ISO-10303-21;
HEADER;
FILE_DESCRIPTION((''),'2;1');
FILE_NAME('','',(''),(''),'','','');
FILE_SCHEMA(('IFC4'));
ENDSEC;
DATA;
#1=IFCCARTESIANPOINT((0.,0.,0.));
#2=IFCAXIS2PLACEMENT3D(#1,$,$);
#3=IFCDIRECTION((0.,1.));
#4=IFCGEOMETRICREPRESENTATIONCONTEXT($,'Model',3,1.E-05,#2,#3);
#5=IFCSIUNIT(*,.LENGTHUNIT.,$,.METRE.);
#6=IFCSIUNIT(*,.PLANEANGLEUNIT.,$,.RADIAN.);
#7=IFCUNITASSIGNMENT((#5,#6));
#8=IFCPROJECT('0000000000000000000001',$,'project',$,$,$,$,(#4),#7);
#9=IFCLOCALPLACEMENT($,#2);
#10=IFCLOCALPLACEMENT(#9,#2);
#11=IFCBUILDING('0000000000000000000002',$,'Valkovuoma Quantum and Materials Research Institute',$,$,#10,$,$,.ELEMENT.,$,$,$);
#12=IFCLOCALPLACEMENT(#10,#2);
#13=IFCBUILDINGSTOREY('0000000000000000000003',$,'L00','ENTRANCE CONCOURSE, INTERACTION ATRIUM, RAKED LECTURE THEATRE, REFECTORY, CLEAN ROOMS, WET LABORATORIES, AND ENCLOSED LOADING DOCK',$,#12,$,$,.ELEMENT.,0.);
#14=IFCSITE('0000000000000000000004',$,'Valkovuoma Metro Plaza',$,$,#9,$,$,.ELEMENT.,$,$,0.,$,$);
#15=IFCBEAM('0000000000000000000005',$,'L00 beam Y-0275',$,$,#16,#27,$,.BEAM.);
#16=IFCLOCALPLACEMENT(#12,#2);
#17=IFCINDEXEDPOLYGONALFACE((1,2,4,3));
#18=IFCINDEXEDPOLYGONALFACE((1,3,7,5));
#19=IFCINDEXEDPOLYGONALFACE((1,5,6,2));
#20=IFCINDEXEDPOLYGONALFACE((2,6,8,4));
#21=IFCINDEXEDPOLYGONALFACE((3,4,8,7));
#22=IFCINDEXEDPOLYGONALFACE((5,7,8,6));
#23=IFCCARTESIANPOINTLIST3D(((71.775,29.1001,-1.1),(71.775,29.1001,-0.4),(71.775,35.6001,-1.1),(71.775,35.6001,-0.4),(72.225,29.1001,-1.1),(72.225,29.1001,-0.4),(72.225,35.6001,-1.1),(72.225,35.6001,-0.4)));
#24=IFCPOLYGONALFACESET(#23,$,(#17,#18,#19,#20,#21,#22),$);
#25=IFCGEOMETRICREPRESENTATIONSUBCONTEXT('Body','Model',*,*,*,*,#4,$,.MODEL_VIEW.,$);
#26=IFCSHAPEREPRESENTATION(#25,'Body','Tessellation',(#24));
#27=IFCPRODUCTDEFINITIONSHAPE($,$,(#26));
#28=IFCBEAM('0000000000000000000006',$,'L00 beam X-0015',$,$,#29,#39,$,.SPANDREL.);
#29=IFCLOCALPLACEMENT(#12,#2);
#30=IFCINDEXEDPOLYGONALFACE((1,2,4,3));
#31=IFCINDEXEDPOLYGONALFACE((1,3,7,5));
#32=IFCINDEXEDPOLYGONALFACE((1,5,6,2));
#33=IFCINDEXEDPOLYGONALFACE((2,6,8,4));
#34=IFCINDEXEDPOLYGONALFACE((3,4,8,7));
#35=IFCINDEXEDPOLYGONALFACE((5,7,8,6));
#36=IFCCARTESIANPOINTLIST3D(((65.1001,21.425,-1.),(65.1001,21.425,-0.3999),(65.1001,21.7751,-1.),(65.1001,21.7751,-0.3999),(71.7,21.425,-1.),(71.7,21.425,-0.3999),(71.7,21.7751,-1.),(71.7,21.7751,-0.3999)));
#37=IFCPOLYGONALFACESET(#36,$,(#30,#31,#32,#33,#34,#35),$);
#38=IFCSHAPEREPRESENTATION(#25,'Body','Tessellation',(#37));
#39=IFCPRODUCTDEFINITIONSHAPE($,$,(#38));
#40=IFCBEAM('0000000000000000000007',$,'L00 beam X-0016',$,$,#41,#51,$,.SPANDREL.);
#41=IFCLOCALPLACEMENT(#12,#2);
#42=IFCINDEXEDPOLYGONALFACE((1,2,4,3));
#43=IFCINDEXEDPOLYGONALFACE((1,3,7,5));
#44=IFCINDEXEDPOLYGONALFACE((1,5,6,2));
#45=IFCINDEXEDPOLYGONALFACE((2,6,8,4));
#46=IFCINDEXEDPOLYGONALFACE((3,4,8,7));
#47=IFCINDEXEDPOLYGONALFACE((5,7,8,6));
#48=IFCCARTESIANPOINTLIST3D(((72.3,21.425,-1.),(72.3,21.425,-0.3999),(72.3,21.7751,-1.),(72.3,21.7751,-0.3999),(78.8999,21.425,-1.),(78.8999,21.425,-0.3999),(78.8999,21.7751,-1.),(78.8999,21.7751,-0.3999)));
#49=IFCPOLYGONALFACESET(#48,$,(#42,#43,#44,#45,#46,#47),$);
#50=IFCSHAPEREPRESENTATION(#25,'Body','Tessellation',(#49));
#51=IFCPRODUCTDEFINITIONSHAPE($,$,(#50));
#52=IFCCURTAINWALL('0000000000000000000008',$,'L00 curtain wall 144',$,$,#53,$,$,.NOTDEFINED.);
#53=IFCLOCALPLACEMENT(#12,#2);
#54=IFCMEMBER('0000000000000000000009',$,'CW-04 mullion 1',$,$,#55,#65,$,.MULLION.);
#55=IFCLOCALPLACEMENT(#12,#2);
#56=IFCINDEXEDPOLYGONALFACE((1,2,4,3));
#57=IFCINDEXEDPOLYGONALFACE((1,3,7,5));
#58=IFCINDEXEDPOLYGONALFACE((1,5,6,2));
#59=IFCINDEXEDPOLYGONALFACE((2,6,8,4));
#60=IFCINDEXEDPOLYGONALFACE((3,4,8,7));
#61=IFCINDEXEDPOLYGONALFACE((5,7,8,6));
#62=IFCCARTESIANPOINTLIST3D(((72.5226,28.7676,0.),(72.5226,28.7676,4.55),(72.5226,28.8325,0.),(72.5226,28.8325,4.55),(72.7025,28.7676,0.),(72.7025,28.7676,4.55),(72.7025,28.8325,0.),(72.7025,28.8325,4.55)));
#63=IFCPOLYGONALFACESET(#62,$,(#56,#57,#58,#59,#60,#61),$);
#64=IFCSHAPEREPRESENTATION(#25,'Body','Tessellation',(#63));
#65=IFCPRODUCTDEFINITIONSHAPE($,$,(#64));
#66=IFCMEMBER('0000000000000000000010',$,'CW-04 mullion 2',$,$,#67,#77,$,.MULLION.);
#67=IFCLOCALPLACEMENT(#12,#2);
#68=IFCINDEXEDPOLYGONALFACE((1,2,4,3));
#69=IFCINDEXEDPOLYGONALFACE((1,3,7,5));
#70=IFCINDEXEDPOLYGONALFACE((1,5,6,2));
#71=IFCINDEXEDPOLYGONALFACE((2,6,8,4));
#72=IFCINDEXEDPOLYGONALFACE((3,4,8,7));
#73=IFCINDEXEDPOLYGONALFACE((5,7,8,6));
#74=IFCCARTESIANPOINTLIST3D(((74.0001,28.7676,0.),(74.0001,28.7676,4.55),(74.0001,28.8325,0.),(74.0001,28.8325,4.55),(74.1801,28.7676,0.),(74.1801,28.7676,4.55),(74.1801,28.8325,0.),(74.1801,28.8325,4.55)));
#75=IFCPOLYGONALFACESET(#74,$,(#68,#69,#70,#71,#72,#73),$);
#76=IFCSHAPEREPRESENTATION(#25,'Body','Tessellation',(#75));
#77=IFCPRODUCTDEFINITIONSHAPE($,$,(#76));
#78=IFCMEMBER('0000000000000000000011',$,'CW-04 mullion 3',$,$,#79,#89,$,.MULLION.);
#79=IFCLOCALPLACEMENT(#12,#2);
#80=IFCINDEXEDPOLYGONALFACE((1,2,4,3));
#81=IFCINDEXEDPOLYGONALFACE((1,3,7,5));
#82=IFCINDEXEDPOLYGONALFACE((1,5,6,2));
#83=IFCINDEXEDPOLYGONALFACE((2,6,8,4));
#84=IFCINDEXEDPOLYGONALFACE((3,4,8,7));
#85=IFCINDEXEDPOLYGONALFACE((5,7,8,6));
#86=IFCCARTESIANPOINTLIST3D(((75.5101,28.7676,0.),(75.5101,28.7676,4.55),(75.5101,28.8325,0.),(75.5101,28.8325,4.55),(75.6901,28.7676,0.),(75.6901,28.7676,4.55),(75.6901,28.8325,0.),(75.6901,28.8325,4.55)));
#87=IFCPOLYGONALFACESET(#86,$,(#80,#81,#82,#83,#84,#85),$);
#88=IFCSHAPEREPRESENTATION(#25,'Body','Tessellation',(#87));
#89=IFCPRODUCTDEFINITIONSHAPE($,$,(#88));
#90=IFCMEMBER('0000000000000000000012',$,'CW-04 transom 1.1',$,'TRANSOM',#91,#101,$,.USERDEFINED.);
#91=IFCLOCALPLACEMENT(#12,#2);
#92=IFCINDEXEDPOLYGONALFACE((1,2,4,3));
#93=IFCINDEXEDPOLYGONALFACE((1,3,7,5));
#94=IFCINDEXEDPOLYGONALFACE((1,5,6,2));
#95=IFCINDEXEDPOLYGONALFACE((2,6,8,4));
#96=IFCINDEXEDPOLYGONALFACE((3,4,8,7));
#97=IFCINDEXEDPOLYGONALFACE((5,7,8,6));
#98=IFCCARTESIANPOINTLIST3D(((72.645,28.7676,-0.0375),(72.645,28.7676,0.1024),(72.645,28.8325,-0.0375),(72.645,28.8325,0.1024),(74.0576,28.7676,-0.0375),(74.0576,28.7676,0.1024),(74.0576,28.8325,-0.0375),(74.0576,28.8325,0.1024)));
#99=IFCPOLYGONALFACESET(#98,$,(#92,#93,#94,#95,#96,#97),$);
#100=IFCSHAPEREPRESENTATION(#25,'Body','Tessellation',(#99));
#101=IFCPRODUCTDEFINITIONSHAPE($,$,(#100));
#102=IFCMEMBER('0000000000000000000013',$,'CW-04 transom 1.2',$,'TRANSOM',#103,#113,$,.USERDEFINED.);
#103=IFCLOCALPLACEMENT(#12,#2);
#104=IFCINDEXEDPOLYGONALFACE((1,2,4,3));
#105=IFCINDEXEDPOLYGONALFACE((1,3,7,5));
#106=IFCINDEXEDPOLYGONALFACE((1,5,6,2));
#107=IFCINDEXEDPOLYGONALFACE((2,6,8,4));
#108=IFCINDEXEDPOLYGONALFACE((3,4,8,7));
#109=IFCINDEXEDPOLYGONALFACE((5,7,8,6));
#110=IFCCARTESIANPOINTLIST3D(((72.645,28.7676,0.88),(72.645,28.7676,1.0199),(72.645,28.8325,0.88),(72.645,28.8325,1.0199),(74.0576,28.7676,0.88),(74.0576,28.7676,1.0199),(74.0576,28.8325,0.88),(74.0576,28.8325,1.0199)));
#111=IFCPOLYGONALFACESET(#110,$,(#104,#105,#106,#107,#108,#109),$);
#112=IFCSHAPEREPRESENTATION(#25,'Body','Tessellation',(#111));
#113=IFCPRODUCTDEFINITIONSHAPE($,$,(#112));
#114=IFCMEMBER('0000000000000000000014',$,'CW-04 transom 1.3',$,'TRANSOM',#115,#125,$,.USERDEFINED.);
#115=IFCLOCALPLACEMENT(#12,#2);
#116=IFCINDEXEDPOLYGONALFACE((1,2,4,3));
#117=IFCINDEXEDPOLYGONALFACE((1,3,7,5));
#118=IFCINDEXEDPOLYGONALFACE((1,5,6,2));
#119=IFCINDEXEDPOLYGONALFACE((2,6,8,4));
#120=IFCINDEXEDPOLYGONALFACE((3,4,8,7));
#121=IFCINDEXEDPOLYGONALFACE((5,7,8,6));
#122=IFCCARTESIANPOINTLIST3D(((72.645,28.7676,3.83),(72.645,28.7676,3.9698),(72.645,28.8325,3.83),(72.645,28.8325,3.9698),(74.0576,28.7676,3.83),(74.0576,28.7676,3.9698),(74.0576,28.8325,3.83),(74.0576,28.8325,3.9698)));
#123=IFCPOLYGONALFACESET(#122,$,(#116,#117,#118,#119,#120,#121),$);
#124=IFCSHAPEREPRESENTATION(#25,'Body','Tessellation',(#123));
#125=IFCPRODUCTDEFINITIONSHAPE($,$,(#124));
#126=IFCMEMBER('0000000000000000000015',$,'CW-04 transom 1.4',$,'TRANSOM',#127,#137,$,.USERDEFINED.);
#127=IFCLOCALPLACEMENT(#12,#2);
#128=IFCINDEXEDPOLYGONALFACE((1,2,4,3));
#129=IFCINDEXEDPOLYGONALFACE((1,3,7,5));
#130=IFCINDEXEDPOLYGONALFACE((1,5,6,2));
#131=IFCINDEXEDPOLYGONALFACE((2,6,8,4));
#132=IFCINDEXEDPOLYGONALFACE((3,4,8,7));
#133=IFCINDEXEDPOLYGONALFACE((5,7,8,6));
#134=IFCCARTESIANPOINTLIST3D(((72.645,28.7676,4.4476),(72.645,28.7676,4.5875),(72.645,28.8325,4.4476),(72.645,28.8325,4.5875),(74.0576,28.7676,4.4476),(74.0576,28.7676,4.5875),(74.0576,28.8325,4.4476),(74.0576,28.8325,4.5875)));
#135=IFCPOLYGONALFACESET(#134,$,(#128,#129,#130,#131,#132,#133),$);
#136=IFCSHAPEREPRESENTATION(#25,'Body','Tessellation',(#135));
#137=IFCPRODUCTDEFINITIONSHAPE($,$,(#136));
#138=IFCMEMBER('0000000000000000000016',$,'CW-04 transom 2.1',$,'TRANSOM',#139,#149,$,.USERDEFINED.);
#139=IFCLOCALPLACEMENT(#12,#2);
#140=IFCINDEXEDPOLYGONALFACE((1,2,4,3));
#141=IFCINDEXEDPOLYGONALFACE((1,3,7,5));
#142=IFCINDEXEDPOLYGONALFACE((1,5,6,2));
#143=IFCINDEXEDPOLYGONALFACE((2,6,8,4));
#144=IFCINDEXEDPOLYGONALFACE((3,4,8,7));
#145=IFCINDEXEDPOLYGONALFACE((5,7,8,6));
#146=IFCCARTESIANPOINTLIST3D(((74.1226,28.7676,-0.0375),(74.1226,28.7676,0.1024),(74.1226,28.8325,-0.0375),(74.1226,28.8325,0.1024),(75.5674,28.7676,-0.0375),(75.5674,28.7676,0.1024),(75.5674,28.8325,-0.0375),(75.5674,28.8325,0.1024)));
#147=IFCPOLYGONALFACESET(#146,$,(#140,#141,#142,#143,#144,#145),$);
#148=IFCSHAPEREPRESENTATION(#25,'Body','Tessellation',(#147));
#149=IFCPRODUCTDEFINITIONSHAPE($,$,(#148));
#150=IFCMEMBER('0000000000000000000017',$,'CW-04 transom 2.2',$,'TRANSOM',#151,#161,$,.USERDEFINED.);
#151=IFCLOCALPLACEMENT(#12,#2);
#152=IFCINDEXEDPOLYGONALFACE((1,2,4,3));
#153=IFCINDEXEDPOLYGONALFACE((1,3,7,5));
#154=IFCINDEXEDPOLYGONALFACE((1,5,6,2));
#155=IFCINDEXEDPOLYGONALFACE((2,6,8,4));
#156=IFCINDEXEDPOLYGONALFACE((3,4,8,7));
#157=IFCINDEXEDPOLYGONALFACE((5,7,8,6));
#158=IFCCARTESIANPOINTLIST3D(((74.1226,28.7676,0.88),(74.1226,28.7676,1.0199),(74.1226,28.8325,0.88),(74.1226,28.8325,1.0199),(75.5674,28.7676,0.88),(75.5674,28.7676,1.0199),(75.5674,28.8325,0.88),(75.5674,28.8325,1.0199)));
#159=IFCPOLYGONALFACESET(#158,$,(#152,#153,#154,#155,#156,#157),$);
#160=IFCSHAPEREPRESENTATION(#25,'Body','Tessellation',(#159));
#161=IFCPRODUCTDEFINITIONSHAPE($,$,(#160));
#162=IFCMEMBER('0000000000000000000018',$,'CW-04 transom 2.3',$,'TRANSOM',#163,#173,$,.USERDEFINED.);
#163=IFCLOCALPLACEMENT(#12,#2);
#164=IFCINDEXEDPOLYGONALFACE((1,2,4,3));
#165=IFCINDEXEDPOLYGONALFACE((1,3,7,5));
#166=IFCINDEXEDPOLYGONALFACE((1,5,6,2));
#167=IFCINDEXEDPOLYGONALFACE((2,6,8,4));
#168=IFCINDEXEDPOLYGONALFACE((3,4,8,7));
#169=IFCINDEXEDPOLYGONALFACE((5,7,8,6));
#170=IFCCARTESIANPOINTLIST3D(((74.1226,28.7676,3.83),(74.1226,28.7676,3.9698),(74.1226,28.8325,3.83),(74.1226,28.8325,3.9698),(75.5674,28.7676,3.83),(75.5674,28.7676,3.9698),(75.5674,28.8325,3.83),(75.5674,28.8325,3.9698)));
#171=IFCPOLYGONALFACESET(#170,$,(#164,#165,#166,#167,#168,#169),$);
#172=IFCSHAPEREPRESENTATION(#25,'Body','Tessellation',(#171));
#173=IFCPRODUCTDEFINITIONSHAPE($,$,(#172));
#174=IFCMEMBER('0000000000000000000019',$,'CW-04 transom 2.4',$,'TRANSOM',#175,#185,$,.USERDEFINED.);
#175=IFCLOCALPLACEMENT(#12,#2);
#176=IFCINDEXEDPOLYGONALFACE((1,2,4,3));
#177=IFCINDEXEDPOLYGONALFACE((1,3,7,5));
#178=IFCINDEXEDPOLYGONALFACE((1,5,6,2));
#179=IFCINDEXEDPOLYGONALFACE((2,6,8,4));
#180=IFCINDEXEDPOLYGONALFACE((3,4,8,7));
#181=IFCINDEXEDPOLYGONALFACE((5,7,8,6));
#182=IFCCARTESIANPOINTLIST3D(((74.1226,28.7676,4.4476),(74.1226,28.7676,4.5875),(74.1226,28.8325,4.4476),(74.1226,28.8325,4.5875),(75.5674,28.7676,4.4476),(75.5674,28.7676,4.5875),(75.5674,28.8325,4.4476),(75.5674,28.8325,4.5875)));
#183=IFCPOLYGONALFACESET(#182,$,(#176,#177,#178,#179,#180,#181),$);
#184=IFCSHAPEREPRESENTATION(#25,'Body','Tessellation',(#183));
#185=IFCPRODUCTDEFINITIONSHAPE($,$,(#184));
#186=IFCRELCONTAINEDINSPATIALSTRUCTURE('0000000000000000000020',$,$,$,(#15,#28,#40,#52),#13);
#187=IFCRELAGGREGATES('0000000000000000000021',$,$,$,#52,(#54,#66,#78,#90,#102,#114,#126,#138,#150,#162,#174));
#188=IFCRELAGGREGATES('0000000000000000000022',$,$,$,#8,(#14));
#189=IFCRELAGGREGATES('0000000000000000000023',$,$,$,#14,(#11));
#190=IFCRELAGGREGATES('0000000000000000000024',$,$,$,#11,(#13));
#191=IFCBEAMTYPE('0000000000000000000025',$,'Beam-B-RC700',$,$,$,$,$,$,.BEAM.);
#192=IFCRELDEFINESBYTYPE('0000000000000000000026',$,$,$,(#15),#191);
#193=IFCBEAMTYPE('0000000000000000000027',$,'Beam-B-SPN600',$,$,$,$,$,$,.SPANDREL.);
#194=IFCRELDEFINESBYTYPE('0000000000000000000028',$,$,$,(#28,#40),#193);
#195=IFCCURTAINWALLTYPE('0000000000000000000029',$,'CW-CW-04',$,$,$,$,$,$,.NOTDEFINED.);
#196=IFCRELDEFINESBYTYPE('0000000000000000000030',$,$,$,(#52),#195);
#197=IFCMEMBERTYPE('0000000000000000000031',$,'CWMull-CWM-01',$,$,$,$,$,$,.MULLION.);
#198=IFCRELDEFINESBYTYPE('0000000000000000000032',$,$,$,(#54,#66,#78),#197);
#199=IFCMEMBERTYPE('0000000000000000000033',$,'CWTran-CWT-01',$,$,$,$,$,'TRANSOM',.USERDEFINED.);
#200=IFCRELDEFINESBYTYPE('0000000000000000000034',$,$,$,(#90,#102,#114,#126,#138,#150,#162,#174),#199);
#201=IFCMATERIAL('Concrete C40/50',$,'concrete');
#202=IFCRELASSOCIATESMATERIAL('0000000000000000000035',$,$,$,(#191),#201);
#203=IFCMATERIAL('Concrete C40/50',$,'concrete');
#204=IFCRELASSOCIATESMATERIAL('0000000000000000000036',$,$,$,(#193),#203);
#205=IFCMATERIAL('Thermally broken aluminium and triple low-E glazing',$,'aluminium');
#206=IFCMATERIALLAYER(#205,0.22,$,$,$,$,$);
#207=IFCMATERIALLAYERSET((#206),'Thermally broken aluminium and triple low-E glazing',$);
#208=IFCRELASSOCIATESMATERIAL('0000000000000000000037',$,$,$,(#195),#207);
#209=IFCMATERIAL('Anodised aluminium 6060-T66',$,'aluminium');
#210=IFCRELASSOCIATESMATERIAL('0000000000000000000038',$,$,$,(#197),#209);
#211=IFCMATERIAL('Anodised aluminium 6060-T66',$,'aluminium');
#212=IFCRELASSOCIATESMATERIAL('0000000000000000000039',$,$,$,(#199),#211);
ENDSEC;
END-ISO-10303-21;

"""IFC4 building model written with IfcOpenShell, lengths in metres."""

from ifc_helpers import new_model, si_unit, direction, frame, origin, origin_2d, place, context, subcontext, project, spatial, rectangle, extrude, material, layer, layer_set, material_profile, profile_set, type_object, element, aggregate, save


model = new_model("IFC4")

# Units and contexts
model_context = context("Model", 3, precision=1e-05, world=origin(), true_north=direction((0.0, 1.0)))
body_context = subcontext(model_context, "Body", "Model", "MODEL_VIEW")
ifc_project = project(units=[si_unit("LENGTHUNIT", "METRE"), si_unit("PLANEANGLEUNIT", "RADIAN")], contexts=[model_context])

# Site, building, storey
site_placement = place(None, origin())
site = spatial("IfcSite", under=ifc_project, at=site_placement, Name="Valkovuoma Metro Plaza", CompositionType="ELEMENT", RefElevation=0.0)
building_placement = place(site_placement, origin())
building = spatial("IfcBuilding", under=site, at=building_placement, Name="Valkovuoma Quantum and Materials Research Institute", CompositionType="ELEMENT")
storey_placement = place(building_placement, origin())
storey = spatial("IfcBuildingStorey", under=building, at=storey_placement, Name="L00", Description="ENTRANCE CONCOURSE, INTERACTION ATRIUM, RAKED LECTURE THEATRE, REFECTORY, CLEAN ROOMS, WET LABORATORIES, AND ENCLOSED LOADING DOCK", CompositionType="ELEMENT", Elevation=0.0)

# Beams
ifc_material_1 = material(Name="Concrete C40/50", Category="concrete")
ifc_material_profile_1 = material_profile(ifc_material_1, rectangle(XDim=0.45, YDim=0.7, at=origin_2d()), Name="Concrete C40/50")
ifc_profile_set_1 = profile_set([ifc_material_profile_1], Name="Concrete C40/50")
beam_type_1 = type_object("IfcBeamType", Name="Beam-B-RC700", PredefinedType="BEAM", material=ifc_profile_set_1)
beam_1_placement = place(storey_placement, frame((72.0, 29.1001, -0.75), z_axis=(0.0, 1.0, 0.0), x_axis=(-1.0, 0.0, 0.0)))
element("IfcBeam", 1, at=beam_1_placement, inside=storey, type_object=beam_type_1, Name="L00 beam Y-0275", PredefinedType="BEAM", context=body_context, shape_type="SweptSolid", body=[
    extrude(rectangle(XDim=0.45, YDim=0.7, at=origin_2d()), origin(), (0.0, 0.0, 1.0), 6.5),
])
ifc_material_2 = material(Name="Concrete C40/50", Category="concrete")
ifc_material_profile_2 = material_profile(ifc_material_2, rectangle(XDim=0.3501, YDim=0.6001, at=origin_2d()), Name="Concrete C40/50")
ifc_profile_set_2 = profile_set([ifc_material_profile_2], Name="Concrete C40/50")
beam_type_2 = type_object("IfcBeamType", Name="Beam-B-SPN600", PredefinedType="SPANDREL", material=ifc_profile_set_2)
for number, where, z_axis, x_axis, name in (
    (2, (65.1001, 21.6001, -0.7), (1.0, 0.0, 0.0), (0.0, 1.0, 0.0), "L00 beam X-0015"),
    (3, (72.3, 21.6001, -0.7), (1.0, 0.0, 0.0), (0.0, 1.0, 0.0), "L00 beam X-0016"),
):
    element("IfcBeam", number, at=place(storey_placement, frame(where, z_axis=z_axis, x_axis=x_axis)), inside=storey, type_object=beam_type_2, Name=name, PredefinedType="SPANDREL", context=body_context, shape_type="SweptSolid", body=[
        extrude(rectangle(XDim=0.3501, YDim=0.6001, at=origin_2d()), origin(), (0.0, 0.0, 1.0), 6.5999),
    ])

# Curtain wall, members
ifc_material_3 = material(Name="Thermally broken aluminium and triple low-E glazing", Category="aluminium")
ifc_layer_1 = layer(ifc_material_3, 0.22)
ifc_layer_set_1 = layer_set([ifc_layer_1], Name="Thermally broken aluminium and triple low-E glazing")
curtain_wall_type = type_object("IfcCurtainWallType", Name="CW-CW-04", PredefinedType="NOTDEFINED", material=ifc_layer_set_1)
curtain_wall_placement = place(storey_placement, origin())
curtain_wall = element("IfcCurtainWall", 4, at=curtain_wall_placement, inside=storey, type_object=curtain_wall_type, Name="L00 curtain wall 144", PredefinedType="NOTDEFINED")
ifc_material_4 = material(Name="Anodised aluminium 6060-T66", Category="aluminium")
ifc_material_profile_3 = material_profile(ifc_material_4, rectangle(XDim=0.0649, YDim=0.1799, at=origin_2d()), Name="Anodised aluminium 6060-T66")
ifc_profile_set_3 = profile_set([ifc_material_profile_3], Name="Anodised aluminium 6060-T66")
member_type_1 = type_object("IfcMemberType", Name="CWMull-CWM-01", PredefinedType="MULLION", material=ifc_profile_set_3)
member_1_placement = place(storey_placement, frame((72.6125, 28.8, 0.0), z_axis=(0.0, 0.0, 1.0), x_axis=(0.0, 1.0, 0.0)))
member_1 = element("IfcMember", 5, at=member_1_placement, type_object=member_type_1, Name="CW-04 mullion 1", PredefinedType="MULLION", context=body_context, shape_type="SweptSolid", body=[
    extrude(rectangle(XDim=0.0649, YDim=0.1799, at=origin_2d()), origin(), (0.0, 0.0, 1.0), 4.55),
])
member_2_placement = place(storey_placement, frame((74.0901, 28.8, 0.0), z_axis=(0.0, 0.0, 1.0), x_axis=(0.0, 1.0, 0.0)))
member_2 = element("IfcMember", 6, at=member_2_placement, type_object=member_type_1, Name="CW-04 mullion 2", PredefinedType="MULLION", context=body_context, shape_type="SweptSolid", body=[
    extrude(rectangle(XDim=0.0649, YDim=0.1799, at=origin_2d()), origin(), (0.0, 0.0, 1.0), 4.55),
])
member_3_placement = place(storey_placement, frame((75.6001, 28.8, 0.0), z_axis=(0.0, 0.0, 1.0), x_axis=(0.0, 1.0, 0.0)))
member_3 = element("IfcMember", 7, at=member_3_placement, type_object=member_type_1, Name="CW-04 mullion 3", PredefinedType="MULLION", context=body_context, shape_type="SweptSolid", body=[
    extrude(rectangle(XDim=0.0649, YDim=0.1799, at=origin_2d()), origin(), (0.0, 0.0, 1.0), 4.55),
])
ifc_material_5 = material(Name="Anodised aluminium 6060-T66", Category="aluminium")
ifc_material_profile_4 = material_profile(ifc_material_5, rectangle(XDim=0.0649, YDim=0.1399, at=origin_2d()), Name="Anodised aluminium 6060-T66")
ifc_profile_set_4 = profile_set([ifc_material_profile_4], Name="Anodised aluminium 6060-T66")
member_type_2 = type_object("IfcMemberType", Name="CWTran-CWT-01", ElementType="TRANSOM", PredefinedType="USERDEFINED", material=ifc_profile_set_4)
member_4_placement = place(storey_placement, frame((72.645, 28.8, 0.0325), z_axis=(1.0, 0.0, 0.0), x_axis=(0.0, 1.0, 0.0)))
member_4 = element("IfcMember", 8, at=member_4_placement, type_object=member_type_2, Name="CW-04 transom 1.1", ObjectType="TRANSOM", PredefinedType="USERDEFINED", context=body_context, shape_type="SweptSolid", body=[
    extrude(rectangle(XDim=0.0649, YDim=0.1399, at=origin_2d()), origin(), (0.0, 0.0, 1.0), 1.4126),
])
member_5_placement = place(storey_placement, frame((72.645, 28.8, 0.95), z_axis=(1.0, 0.0, 0.0), x_axis=(0.0, 1.0, 0.0)))
member_5 = element("IfcMember", 9, at=member_5_placement, type_object=member_type_2, Name="CW-04 transom 1.2", ObjectType="TRANSOM", PredefinedType="USERDEFINED", context=body_context, shape_type="SweptSolid", body=[
    extrude(rectangle(XDim=0.0649, YDim=0.1399, at=origin_2d()), origin(), (0.0, 0.0, 1.0), 1.4126),
])
member_6_placement = place(storey_placement, frame((72.645, 28.8, 3.8999), z_axis=(1.0, 0.0, 0.0), x_axis=(0.0, 1.0, 0.0)))
member_6 = element("IfcMember", 10, at=member_6_placement, type_object=member_type_2, Name="CW-04 transom 1.3", ObjectType="TRANSOM", PredefinedType="USERDEFINED", context=body_context, shape_type="SweptSolid", body=[
    extrude(rectangle(XDim=0.0649, YDim=0.1399, at=origin_2d()), origin(), (0.0, 0.0, 1.0), 1.4126),
])
member_7_placement = place(storey_placement, frame((72.645, 28.8, 4.5176), z_axis=(1.0, 0.0, 0.0), x_axis=(0.0, 1.0, 0.0)))
member_7 = element("IfcMember", 11, at=member_7_placement, type_object=member_type_2, Name="CW-04 transom 1.4", ObjectType="TRANSOM", PredefinedType="USERDEFINED", context=body_context, shape_type="SweptSolid", body=[
    extrude(rectangle(XDim=0.0649, YDim=0.1399, at=origin_2d()), origin(), (0.0, 0.0, 1.0), 1.4126),
])
member_8_placement = place(storey_placement, frame((74.1226, 28.8, 0.0325), z_axis=(1.0, 0.0, 0.0), x_axis=(0.0, 1.0, 0.0)))
member_8 = element("IfcMember", 12, at=member_8_placement, type_object=member_type_2, Name="CW-04 transom 2.1", ObjectType="TRANSOM", PredefinedType="USERDEFINED", context=body_context, shape_type="SweptSolid", body=[
    extrude(rectangle(XDim=0.0649, YDim=0.1399, at=origin_2d()), origin(), (0.0, 0.0, 1.0), 1.4448),
])
member_9_placement = place(storey_placement, frame((74.1226, 28.8, 0.95), z_axis=(1.0, 0.0, 0.0), x_axis=(0.0, 1.0, 0.0)))
member_9 = element("IfcMember", 13, at=member_9_placement, type_object=member_type_2, Name="CW-04 transom 2.2", ObjectType="TRANSOM", PredefinedType="USERDEFINED", context=body_context, shape_type="SweptSolid", body=[
    extrude(rectangle(XDim=0.0649, YDim=0.1399, at=origin_2d()), origin(), (0.0, 0.0, 1.0), 1.4448),
])
member_10_placement = place(storey_placement, frame((74.1226, 28.8, 3.8999), z_axis=(1.0, 0.0, 0.0), x_axis=(0.0, 1.0, 0.0)))
member_10 = element("IfcMember", 14, at=member_10_placement, type_object=member_type_2, Name="CW-04 transom 2.3", ObjectType="TRANSOM", PredefinedType="USERDEFINED", context=body_context, shape_type="SweptSolid", body=[
    extrude(rectangle(XDim=0.0649, YDim=0.1399, at=origin_2d()), origin(), (0.0, 0.0, 1.0), 1.4448),
])
member_11_placement = place(storey_placement, frame((74.1226, 28.8, 4.5176), z_axis=(1.0, 0.0, 0.0), x_axis=(0.0, 1.0, 0.0)))
member_11 = element("IfcMember", 15, at=member_11_placement, type_object=member_type_2, Name="CW-04 transom 2.4", ObjectType="TRANSOM", PredefinedType="USERDEFINED", context=body_context, shape_type="SweptSolid", body=[
    extrude(rectangle(XDim=0.0649, YDim=0.1399, at=origin_2d()), origin(), (0.0, 0.0, 1.0), 1.4448),
])
aggregate(curtain_wall, [member_1, member_2, member_3, member_4, member_5, member_6, member_7, member_8, member_9, member_10, member_11])

save(model, "model.ifc")
